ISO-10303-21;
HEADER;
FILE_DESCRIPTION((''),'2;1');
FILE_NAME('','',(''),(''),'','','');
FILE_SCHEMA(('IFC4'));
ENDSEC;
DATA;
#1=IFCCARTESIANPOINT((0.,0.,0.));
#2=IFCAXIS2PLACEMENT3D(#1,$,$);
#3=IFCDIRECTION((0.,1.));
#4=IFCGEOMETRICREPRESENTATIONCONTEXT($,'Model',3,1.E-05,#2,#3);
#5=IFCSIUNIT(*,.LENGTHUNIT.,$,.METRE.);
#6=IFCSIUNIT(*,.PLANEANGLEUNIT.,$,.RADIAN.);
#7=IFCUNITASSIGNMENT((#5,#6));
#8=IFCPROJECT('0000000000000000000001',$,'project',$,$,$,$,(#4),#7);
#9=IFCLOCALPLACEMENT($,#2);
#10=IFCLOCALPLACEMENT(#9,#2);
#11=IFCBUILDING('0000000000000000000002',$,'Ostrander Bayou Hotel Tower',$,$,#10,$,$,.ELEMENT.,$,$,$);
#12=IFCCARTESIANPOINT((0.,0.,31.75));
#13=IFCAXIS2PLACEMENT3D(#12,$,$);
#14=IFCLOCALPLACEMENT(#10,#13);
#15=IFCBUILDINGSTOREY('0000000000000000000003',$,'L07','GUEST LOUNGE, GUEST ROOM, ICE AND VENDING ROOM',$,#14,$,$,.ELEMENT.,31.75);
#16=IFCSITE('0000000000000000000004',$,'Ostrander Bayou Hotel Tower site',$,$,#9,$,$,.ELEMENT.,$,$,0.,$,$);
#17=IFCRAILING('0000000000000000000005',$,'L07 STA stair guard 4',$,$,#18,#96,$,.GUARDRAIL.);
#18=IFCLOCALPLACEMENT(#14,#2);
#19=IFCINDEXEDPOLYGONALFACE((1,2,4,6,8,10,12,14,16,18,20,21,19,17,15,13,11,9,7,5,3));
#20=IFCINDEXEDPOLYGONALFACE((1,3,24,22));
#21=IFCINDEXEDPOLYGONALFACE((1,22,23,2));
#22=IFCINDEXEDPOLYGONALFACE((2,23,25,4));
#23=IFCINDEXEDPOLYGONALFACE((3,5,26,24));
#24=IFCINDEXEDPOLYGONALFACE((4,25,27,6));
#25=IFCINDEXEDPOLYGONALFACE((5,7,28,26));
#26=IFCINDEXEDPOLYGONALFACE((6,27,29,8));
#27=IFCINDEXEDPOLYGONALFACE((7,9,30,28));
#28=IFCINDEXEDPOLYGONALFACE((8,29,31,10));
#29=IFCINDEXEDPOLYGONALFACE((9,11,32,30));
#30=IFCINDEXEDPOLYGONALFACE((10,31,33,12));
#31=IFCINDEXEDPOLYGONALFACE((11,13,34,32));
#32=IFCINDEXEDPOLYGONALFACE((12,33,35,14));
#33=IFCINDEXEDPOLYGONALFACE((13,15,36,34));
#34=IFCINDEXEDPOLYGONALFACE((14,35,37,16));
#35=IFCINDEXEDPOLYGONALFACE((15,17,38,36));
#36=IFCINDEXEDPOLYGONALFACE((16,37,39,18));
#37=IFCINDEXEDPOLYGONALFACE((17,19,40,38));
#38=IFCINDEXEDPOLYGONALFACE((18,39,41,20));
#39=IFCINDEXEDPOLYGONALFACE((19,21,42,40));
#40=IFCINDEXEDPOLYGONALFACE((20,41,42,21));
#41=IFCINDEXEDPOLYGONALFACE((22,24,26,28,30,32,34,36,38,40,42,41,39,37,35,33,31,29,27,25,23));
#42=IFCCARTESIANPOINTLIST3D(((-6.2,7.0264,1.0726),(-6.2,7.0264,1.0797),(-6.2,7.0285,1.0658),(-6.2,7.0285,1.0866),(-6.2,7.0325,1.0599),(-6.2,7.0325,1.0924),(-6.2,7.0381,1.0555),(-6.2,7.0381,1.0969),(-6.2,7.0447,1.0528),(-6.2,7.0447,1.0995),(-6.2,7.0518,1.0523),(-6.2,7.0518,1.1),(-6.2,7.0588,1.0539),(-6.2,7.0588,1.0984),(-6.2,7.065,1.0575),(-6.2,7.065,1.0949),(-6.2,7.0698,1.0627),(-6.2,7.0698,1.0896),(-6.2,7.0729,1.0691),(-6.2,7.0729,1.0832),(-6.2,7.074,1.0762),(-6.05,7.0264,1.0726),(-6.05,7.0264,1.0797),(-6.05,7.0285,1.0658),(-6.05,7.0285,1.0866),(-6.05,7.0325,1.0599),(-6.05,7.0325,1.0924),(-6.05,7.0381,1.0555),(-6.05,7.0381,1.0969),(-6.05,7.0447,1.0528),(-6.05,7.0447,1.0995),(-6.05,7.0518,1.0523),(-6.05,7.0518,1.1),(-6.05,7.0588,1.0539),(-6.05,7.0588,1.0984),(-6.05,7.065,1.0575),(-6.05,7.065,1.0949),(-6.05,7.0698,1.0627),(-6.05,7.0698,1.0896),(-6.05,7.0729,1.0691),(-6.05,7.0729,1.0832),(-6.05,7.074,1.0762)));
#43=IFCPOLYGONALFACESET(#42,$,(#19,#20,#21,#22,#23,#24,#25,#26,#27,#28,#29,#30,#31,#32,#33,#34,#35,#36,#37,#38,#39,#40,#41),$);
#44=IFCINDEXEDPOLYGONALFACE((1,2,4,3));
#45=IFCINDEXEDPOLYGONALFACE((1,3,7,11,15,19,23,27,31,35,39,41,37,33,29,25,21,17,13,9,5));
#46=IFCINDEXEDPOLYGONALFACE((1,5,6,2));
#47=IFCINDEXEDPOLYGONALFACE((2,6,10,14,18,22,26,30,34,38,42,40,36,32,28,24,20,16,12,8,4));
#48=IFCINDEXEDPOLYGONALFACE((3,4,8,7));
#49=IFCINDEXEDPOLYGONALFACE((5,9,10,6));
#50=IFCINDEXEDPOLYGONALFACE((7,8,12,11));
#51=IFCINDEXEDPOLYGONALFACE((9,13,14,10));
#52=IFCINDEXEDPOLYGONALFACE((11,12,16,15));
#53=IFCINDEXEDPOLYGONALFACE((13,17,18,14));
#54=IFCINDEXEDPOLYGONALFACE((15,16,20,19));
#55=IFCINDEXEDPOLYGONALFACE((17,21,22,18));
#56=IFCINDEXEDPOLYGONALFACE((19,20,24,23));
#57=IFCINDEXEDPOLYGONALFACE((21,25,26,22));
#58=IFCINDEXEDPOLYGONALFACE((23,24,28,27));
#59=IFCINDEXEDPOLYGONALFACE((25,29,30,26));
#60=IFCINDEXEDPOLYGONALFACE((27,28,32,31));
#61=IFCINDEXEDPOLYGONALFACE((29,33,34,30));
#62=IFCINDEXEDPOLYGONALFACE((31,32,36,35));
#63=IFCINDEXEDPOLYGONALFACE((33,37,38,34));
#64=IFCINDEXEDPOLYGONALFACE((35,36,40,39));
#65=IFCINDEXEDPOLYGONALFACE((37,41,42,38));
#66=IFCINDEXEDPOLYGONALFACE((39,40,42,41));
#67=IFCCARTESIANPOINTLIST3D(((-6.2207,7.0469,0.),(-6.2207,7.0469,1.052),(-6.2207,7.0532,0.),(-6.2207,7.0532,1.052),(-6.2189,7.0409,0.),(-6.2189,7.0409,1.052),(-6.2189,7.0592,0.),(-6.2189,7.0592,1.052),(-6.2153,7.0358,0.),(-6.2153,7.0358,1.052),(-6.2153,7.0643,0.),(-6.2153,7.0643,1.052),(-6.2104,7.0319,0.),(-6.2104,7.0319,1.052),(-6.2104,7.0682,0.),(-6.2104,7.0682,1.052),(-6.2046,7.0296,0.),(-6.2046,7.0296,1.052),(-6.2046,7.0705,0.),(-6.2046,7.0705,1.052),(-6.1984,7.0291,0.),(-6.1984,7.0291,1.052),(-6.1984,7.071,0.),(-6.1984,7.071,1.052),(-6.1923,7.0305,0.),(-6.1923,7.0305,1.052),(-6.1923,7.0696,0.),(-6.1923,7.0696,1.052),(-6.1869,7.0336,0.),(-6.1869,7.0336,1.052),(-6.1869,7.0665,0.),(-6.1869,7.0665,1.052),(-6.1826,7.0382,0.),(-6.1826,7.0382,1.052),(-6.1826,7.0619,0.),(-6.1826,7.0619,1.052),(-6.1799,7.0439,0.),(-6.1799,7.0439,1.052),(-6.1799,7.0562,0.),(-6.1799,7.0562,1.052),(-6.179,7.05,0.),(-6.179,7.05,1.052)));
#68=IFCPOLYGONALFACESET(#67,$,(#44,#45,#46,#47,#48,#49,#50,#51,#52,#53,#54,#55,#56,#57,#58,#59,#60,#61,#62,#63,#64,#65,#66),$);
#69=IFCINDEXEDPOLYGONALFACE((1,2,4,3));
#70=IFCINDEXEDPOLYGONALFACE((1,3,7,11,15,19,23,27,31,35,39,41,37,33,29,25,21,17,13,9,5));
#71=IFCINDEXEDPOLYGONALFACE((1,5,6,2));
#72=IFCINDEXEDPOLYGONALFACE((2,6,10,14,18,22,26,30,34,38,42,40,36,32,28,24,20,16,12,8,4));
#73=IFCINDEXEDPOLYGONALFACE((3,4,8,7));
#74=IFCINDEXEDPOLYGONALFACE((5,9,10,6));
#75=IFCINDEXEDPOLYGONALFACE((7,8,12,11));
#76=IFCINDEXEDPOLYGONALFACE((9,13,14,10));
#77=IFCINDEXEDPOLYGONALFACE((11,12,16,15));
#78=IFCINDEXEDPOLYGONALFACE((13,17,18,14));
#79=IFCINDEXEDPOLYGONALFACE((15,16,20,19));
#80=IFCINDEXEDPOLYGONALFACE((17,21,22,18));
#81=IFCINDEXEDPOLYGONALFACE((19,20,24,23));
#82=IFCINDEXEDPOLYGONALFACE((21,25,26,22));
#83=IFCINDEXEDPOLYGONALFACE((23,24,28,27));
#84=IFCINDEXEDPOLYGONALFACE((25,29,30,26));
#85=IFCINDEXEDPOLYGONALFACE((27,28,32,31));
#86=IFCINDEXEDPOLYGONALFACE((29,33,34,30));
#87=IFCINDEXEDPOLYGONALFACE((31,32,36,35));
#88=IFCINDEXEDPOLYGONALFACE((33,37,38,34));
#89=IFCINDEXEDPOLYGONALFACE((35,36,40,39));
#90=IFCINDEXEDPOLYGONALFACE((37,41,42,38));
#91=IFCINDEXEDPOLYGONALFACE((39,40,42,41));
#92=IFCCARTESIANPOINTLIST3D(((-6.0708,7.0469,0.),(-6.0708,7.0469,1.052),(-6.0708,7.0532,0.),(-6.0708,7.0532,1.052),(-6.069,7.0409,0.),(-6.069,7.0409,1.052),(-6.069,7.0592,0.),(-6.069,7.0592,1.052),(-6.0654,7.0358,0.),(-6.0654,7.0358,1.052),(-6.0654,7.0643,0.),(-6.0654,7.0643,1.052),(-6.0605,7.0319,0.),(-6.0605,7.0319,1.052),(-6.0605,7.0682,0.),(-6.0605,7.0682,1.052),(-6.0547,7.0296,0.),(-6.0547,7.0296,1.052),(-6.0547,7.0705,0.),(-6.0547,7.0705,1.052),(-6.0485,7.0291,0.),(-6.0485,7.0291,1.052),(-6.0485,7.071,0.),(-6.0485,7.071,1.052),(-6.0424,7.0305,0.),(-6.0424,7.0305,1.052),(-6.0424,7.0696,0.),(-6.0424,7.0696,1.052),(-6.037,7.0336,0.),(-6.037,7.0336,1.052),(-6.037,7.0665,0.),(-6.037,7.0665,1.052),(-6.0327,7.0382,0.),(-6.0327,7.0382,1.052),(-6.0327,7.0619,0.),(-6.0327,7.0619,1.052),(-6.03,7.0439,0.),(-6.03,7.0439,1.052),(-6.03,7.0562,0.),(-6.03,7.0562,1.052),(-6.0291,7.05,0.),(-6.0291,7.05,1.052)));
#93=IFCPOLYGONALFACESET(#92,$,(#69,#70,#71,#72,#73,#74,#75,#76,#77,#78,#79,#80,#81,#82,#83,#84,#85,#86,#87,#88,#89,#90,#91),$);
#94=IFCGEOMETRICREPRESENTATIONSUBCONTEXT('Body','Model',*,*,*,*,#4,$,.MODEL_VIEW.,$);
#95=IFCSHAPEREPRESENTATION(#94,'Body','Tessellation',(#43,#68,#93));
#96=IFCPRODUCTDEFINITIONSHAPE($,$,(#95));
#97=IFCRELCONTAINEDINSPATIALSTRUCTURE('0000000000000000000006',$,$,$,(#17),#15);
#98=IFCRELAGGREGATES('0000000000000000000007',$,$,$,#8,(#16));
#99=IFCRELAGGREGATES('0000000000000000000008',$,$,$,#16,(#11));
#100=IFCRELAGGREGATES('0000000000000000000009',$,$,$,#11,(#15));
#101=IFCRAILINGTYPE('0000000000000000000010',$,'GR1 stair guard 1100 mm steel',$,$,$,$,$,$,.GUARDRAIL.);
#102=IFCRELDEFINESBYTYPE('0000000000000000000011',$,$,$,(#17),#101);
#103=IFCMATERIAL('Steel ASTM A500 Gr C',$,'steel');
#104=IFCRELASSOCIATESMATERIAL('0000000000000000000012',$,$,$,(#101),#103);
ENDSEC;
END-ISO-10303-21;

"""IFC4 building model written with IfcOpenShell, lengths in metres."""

from ifc_helpers import new_model, si_unit, direction, frame, origin, origin_2d, place, context, subcontext, project, spatial, circle, extrude, material, type_object, element, save


model = new_model("IFC4")

# Units and contexts
model_context = context("Model", 3, precision=1e-05, world=origin(), true_north=direction((0.0, 1.0)))
body_context = subcontext(model_context, "Body", "Model", "MODEL_VIEW")
ifc_project = project(units=[si_unit("LENGTHUNIT", "METRE"), si_unit("PLANEANGLEUNIT", "RADIAN")], contexts=[model_context])

# Site, building, storey
site_placement = place(None, origin())
site = spatial("IfcSite", under=ifc_project, at=site_placement, Name="Ostrander Bayou Hotel Tower site", CompositionType="ELEMENT", RefElevation=0.0)
building_placement = place(site_placement, origin())
building = spatial("IfcBuilding", under=site, at=building_placement, Name="Ostrander Bayou Hotel Tower", CompositionType="ELEMENT")
storey_placement = place(building_placement, frame((0.0, 0.0, 31.75)))
storey = spatial("IfcBuildingStorey", under=building, at=storey_placement, Name="L07", Description="GUEST LOUNGE, GUEST ROOM, ICE AND VENDING ROOM", CompositionType="ELEMENT", Elevation=31.75)

# Railing
ifc_material_1 = material(Name="Steel ASTM A500 Gr C", Category="steel")
railing_type_1 = type_object("IfcRailingType", Name="GR1 stair guard 1100 mm steel", PredefinedType="GUARDRAIL", material=ifc_material_1)
railing_1_placement = place(storey_placement, frame((-6.2, 7.05, 0.0)))
element("IfcRailing", 1, at=railing_1_placement, inside=storey, type_object=railing_type_1, Name="L07 STA stair guard 4", PredefinedType="GUARDRAIL", context=body_context, shape_type="SweptSolid", body=[
    extrude(circle(Radius=0.0239, at=origin_2d()), frame((0.0, 0.0, 1.0762), z_axis=(1.0, 0.0, 0.0), x_axis=(0.0, 1.0, 0.0)), (0.0, 0.0, 1.0), 0.1499),
    extrude(circle(Radius=0.021, at=origin_2d()), origin(), (0.0, 0.0, 1.0), 1.052),
    extrude(circle(Radius=0.021, at=origin_2d()), frame((0.1499, 0.0, 0.0)), (0.0, 0.0, 1.0), 1.052),
])

save(model, "model.ifc")
